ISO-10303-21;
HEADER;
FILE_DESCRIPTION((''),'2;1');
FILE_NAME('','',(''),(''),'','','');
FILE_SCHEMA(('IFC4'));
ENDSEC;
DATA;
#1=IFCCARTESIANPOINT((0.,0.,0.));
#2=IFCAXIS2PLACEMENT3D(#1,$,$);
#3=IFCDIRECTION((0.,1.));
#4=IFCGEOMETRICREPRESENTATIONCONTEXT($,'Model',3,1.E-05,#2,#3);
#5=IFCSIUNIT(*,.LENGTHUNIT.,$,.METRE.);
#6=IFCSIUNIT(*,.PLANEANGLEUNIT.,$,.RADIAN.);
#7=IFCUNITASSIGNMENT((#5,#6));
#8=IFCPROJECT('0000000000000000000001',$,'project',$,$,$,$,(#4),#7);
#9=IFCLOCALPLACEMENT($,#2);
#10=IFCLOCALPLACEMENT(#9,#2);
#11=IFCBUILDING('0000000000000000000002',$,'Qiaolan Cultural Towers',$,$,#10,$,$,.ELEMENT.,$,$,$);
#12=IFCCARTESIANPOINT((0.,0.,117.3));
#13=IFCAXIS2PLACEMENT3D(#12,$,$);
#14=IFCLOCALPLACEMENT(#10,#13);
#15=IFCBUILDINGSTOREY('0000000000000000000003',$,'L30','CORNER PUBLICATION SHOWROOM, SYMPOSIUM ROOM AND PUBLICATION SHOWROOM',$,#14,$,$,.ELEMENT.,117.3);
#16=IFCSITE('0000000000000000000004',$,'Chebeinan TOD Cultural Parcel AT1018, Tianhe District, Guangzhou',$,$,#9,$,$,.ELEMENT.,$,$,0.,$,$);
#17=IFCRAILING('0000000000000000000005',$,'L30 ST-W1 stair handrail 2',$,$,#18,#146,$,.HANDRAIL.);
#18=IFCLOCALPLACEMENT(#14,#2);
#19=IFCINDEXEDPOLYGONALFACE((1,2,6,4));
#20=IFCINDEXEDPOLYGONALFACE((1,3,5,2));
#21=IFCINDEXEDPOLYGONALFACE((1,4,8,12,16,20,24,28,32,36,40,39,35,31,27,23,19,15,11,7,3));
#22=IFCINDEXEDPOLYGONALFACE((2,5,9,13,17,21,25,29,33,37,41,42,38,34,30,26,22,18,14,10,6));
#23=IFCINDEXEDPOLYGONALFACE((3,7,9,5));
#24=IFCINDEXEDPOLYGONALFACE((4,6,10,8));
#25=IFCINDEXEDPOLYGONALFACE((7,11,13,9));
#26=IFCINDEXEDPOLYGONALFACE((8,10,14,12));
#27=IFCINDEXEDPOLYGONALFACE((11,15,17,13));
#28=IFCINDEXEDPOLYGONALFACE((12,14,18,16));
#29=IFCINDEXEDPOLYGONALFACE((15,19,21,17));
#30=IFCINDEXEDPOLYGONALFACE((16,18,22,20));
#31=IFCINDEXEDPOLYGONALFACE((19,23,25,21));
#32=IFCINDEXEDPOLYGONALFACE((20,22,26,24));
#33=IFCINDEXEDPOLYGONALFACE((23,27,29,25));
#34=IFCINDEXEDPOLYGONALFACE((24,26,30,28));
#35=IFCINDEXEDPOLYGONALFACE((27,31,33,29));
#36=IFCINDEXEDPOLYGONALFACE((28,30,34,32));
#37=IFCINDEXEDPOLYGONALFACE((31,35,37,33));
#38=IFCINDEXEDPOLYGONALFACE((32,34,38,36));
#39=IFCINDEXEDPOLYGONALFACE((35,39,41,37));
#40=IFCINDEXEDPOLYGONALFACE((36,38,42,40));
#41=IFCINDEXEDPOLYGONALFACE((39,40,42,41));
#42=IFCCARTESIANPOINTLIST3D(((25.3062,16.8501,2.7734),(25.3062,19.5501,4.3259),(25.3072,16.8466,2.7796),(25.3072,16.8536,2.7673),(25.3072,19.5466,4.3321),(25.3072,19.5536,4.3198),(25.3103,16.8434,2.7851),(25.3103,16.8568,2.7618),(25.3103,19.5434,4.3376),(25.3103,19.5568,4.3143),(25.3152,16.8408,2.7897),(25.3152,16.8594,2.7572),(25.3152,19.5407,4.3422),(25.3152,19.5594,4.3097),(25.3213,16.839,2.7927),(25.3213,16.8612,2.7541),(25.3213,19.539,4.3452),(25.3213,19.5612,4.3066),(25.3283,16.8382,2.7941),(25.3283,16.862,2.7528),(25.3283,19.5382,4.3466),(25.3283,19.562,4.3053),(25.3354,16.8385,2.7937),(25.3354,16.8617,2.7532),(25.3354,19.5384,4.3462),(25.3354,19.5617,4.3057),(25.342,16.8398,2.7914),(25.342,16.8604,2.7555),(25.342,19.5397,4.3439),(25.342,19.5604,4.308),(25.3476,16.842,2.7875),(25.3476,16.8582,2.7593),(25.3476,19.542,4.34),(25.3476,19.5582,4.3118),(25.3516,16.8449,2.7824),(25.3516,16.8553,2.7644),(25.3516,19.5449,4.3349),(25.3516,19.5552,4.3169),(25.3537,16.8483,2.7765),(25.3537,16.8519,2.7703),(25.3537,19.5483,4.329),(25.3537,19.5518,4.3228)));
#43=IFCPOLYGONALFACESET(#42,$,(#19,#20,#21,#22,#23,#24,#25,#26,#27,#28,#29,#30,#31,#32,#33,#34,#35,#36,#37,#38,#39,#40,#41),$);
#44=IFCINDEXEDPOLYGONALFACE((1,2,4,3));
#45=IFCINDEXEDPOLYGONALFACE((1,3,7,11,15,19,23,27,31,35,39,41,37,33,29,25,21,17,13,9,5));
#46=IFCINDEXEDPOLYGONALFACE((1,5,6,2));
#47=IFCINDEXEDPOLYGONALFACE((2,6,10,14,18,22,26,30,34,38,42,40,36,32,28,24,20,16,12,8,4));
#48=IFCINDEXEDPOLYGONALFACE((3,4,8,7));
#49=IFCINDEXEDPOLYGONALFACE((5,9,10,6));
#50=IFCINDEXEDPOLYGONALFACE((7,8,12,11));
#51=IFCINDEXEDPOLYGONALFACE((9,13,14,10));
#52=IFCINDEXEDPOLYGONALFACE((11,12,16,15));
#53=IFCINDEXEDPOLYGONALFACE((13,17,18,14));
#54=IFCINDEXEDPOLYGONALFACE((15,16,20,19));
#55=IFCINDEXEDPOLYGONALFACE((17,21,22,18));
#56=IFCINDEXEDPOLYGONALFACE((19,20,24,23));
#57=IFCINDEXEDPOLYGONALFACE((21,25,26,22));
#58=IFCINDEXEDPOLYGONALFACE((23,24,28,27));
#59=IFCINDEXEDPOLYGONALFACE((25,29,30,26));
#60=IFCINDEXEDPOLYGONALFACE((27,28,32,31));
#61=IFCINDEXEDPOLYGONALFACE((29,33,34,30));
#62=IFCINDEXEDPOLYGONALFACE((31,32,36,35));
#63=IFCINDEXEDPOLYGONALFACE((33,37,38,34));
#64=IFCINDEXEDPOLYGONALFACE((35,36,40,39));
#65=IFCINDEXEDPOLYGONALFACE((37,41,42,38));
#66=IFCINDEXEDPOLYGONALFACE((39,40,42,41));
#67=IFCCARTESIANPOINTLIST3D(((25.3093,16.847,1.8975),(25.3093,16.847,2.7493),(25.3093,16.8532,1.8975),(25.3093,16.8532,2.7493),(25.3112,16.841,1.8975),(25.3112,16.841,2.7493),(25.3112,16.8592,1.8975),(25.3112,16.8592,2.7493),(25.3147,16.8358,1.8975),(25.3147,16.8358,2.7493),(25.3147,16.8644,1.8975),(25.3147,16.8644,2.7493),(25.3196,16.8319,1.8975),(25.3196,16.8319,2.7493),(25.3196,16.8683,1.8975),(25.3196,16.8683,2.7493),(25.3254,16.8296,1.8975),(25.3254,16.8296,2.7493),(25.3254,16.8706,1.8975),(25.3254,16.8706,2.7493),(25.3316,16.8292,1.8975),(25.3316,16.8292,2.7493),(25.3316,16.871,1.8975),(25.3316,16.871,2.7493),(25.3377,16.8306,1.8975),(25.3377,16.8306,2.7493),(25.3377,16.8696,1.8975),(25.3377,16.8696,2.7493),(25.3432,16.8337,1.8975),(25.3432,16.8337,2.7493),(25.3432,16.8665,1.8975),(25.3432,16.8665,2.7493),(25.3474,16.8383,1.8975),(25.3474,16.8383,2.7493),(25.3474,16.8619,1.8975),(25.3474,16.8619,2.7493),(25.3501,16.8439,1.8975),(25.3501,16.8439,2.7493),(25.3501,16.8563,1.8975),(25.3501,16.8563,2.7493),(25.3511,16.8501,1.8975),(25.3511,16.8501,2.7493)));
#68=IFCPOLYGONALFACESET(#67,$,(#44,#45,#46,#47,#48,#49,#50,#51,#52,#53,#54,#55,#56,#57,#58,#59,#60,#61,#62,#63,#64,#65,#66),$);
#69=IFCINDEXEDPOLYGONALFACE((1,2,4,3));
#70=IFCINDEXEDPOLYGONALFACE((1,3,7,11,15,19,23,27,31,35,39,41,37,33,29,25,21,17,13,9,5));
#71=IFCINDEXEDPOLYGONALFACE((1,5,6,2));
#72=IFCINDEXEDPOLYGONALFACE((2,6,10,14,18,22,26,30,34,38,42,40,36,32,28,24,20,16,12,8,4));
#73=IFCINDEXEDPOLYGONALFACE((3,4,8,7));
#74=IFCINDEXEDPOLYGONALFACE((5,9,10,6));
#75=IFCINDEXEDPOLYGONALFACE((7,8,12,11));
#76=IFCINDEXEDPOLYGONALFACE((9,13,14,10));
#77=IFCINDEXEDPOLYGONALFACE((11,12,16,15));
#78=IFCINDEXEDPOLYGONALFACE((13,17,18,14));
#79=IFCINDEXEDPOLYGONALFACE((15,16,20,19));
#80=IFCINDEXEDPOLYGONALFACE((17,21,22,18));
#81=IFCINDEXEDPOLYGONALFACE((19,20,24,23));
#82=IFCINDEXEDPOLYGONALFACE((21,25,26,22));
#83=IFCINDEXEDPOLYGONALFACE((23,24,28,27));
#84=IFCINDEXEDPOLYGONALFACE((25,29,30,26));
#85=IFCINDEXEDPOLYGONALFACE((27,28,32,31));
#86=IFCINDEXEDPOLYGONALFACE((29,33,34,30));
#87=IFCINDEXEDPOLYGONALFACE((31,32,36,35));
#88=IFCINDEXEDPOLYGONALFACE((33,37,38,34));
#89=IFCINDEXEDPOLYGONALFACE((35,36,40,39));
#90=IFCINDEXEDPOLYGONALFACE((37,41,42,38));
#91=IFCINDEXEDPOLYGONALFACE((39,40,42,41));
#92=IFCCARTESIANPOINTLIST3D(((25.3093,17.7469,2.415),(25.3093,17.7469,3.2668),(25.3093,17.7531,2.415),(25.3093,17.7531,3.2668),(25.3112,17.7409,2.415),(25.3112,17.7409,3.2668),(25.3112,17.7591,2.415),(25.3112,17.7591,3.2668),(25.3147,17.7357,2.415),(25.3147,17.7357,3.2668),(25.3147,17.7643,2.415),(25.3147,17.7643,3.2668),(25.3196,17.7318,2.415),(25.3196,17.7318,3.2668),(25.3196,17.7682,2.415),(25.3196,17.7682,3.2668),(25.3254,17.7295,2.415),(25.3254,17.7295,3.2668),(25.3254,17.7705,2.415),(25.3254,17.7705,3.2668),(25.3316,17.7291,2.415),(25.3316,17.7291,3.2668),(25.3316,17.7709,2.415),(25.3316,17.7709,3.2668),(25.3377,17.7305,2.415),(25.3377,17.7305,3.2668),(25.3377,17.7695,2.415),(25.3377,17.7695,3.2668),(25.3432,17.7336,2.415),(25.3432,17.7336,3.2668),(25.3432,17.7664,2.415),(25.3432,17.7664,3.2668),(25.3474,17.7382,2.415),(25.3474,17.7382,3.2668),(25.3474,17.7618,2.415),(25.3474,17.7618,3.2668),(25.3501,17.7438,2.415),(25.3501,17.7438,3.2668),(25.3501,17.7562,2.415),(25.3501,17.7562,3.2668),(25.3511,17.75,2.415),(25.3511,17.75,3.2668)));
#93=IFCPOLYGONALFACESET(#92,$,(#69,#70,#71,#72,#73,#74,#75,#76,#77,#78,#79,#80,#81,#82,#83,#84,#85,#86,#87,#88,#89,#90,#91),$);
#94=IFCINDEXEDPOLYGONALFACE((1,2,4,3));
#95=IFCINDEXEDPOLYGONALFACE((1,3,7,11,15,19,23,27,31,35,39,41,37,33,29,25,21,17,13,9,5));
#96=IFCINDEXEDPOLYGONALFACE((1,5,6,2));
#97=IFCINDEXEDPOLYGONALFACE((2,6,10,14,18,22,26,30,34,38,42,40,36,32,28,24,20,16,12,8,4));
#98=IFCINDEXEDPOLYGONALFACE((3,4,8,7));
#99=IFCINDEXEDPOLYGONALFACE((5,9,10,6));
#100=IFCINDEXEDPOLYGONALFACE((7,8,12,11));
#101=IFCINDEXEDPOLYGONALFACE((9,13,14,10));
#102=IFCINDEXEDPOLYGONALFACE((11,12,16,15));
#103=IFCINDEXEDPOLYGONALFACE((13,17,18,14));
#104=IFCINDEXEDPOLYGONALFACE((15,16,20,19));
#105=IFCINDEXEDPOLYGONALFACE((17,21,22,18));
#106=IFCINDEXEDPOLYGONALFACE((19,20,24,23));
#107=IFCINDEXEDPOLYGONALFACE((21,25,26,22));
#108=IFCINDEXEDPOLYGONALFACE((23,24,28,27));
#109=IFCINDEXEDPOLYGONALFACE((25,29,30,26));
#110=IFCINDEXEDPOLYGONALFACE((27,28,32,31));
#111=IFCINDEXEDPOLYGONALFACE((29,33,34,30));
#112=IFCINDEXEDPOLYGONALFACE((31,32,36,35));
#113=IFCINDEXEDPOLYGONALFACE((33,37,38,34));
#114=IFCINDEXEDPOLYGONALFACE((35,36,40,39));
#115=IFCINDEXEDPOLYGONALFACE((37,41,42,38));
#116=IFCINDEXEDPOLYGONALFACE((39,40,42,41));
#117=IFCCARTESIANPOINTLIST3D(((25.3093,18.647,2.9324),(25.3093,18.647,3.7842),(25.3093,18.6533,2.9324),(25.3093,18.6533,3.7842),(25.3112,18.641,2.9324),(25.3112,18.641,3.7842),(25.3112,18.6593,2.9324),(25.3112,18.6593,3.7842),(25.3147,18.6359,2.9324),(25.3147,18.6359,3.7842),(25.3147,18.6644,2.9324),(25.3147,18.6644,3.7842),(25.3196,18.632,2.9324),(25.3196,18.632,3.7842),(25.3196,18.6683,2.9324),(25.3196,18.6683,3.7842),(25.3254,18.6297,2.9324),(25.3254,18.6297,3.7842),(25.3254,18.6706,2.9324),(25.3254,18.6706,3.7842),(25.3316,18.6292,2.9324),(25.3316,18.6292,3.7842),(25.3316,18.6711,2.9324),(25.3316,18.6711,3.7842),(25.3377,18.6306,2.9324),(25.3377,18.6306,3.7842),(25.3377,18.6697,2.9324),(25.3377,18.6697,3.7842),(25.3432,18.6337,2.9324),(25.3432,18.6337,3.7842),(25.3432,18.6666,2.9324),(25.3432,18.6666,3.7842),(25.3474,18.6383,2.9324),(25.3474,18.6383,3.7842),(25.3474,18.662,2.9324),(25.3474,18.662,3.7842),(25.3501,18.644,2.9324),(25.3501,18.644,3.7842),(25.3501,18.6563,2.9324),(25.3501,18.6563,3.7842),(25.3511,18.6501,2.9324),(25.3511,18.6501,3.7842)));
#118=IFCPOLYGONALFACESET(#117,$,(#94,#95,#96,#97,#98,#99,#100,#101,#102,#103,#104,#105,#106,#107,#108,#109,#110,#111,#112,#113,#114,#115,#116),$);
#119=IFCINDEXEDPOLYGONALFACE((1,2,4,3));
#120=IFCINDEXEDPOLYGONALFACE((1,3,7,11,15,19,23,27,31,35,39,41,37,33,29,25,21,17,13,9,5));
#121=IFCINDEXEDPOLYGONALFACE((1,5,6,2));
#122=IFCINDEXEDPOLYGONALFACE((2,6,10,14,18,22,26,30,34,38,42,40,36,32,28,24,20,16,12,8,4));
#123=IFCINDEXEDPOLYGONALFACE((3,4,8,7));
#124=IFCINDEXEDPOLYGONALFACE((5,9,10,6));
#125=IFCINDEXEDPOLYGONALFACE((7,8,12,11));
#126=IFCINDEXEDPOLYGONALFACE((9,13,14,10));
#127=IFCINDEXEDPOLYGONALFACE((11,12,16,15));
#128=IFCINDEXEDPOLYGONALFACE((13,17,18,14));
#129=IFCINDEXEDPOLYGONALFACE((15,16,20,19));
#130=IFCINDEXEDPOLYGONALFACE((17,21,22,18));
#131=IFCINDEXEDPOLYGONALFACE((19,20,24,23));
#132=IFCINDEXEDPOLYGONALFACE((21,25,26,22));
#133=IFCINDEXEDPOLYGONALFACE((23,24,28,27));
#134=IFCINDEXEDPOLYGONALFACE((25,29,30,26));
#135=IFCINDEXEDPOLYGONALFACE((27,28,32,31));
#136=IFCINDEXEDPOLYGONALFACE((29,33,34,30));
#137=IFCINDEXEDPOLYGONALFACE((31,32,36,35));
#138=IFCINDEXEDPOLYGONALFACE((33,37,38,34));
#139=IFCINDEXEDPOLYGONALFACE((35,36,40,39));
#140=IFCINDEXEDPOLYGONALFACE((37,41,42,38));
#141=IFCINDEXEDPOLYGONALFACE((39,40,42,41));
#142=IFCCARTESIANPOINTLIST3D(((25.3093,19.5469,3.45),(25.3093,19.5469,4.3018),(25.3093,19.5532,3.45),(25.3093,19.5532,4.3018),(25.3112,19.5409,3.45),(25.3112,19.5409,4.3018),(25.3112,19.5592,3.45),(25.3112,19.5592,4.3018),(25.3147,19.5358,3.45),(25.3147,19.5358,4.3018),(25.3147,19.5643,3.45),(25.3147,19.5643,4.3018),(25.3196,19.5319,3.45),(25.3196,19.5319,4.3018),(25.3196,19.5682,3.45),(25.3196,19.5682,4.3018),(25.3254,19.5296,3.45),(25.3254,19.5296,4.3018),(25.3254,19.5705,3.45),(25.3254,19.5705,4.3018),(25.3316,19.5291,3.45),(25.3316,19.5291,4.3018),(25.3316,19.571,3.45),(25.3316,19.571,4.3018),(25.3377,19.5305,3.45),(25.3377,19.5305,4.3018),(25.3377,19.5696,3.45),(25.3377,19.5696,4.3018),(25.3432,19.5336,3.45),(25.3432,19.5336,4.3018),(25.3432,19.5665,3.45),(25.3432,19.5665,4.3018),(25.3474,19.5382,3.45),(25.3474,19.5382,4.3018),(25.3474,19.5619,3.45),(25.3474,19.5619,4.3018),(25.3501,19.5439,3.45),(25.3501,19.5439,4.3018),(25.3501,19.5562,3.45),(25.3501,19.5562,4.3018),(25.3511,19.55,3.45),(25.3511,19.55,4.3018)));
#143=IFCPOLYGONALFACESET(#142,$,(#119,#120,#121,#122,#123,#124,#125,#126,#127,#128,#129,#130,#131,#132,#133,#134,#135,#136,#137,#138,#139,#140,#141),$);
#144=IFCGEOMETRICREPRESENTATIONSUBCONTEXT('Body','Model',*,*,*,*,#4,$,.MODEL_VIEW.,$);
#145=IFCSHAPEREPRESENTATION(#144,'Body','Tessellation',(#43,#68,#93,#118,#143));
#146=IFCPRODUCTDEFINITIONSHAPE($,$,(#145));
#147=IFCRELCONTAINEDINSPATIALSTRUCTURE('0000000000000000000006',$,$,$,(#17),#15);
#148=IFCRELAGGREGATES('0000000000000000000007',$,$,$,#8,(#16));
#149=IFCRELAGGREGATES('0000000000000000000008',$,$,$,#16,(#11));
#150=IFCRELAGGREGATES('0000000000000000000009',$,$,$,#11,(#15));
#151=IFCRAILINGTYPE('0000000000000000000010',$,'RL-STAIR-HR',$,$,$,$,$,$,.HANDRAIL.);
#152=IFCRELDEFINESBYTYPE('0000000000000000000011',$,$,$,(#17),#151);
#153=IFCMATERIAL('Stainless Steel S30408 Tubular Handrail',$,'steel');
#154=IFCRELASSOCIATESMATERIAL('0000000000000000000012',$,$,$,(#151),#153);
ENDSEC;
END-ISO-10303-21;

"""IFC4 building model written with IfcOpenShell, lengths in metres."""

from ifc_helpers import new_model, si_unit, direction, frame, origin, origin_2d, place, context, subcontext, project, spatial, circle, extrude, material, type_object, element, save


model = new_model("IFC4")

# Units and contexts
model_context = context("Model", 3, precision=1e-05, world=origin(), true_north=direction((0.0, 1.0)))
body_context = subcontext(model_context, "Body", "Model", "MODEL_VIEW")
ifc_project = project(units=[si_unit("LENGTHUNIT", "METRE"), si_unit("PLANEANGLEUNIT", "RADIAN")], contexts=[model_context])

# Site, building, storey
site_placement = place(None, origin())
site = spatial("IfcSite", under=ifc_project, at=site_placement, Name="Chebeinan TOD Cultural Parcel AT1018, Tianhe District, Guangzhou", CompositionType="ELEMENT", RefElevation=0.0)
building_placement = place(site_placement, origin())
building = spatial("IfcBuilding", under=site, at=building_placement, Name="Qiaolan Cultural Towers", CompositionType="ELEMENT")
storey_placement = place(building_placement, frame((0.0, 0.0, 117.3)))
storey = spatial("IfcBuildingStorey", under=building, at=storey_placement, Name="L30", Description="CORNER PUBLICATION SHOWROOM, SYMPOSIUM ROOM AND PUBLICATION SHOWROOM", CompositionType="ELEMENT", Elevation=117.3)

# Railing
ifc_material_1 = material(Name="Stainless Steel S30408 Tubular Handrail", Category="steel")
railing_type_1 = type_object("IfcRailingType", Name="RL-STAIR-HR", PredefinedType="HANDRAIL", material=ifc_material_1)
railing_1_placement = place(storey_placement, frame((25.3301, 16.8501, 1.8975)))
element("IfcRailing", 1, at=railing_1_placement, inside=storey, type_object=railing_type_1, Name="L30 ST-W1 stair handrail 2", PredefinedType="HANDRAIL", context=body_context, shape_type="SweptSolid", body=[
    extrude(circle(Radius=0.0239, at=origin_2d()), frame((0.0, 0.0, 0.876), z_axis=(0.0, 0.866904, 0.498476), x_axis=(-1.0, 0.0, 0.0)), (0.0, 0.0, 1.0), 3.1145),
    extrude(circle(Radius=0.021, at=origin_2d()), origin(), (0.0, 0.0, 1.0), 0.8518),
    extrude(circle(Radius=0.021, at=origin_2d()), frame((0.0, 0.8999, 0.5176)), (0.0, 0.0, 1.0), 0.8518),
    extrude(circle(Radius=0.021, at=origin_2d()), frame((0.0, 1.8, 1.0349)), (0.0, 0.0, 1.0), 0.8518),
    extrude(circle(Radius=0.021, at=origin_2d()), frame((0.0, 2.7, 1.5525)), (0.0, 0.0, 1.0), 0.8518),
])

save(model, "model.ifc")
